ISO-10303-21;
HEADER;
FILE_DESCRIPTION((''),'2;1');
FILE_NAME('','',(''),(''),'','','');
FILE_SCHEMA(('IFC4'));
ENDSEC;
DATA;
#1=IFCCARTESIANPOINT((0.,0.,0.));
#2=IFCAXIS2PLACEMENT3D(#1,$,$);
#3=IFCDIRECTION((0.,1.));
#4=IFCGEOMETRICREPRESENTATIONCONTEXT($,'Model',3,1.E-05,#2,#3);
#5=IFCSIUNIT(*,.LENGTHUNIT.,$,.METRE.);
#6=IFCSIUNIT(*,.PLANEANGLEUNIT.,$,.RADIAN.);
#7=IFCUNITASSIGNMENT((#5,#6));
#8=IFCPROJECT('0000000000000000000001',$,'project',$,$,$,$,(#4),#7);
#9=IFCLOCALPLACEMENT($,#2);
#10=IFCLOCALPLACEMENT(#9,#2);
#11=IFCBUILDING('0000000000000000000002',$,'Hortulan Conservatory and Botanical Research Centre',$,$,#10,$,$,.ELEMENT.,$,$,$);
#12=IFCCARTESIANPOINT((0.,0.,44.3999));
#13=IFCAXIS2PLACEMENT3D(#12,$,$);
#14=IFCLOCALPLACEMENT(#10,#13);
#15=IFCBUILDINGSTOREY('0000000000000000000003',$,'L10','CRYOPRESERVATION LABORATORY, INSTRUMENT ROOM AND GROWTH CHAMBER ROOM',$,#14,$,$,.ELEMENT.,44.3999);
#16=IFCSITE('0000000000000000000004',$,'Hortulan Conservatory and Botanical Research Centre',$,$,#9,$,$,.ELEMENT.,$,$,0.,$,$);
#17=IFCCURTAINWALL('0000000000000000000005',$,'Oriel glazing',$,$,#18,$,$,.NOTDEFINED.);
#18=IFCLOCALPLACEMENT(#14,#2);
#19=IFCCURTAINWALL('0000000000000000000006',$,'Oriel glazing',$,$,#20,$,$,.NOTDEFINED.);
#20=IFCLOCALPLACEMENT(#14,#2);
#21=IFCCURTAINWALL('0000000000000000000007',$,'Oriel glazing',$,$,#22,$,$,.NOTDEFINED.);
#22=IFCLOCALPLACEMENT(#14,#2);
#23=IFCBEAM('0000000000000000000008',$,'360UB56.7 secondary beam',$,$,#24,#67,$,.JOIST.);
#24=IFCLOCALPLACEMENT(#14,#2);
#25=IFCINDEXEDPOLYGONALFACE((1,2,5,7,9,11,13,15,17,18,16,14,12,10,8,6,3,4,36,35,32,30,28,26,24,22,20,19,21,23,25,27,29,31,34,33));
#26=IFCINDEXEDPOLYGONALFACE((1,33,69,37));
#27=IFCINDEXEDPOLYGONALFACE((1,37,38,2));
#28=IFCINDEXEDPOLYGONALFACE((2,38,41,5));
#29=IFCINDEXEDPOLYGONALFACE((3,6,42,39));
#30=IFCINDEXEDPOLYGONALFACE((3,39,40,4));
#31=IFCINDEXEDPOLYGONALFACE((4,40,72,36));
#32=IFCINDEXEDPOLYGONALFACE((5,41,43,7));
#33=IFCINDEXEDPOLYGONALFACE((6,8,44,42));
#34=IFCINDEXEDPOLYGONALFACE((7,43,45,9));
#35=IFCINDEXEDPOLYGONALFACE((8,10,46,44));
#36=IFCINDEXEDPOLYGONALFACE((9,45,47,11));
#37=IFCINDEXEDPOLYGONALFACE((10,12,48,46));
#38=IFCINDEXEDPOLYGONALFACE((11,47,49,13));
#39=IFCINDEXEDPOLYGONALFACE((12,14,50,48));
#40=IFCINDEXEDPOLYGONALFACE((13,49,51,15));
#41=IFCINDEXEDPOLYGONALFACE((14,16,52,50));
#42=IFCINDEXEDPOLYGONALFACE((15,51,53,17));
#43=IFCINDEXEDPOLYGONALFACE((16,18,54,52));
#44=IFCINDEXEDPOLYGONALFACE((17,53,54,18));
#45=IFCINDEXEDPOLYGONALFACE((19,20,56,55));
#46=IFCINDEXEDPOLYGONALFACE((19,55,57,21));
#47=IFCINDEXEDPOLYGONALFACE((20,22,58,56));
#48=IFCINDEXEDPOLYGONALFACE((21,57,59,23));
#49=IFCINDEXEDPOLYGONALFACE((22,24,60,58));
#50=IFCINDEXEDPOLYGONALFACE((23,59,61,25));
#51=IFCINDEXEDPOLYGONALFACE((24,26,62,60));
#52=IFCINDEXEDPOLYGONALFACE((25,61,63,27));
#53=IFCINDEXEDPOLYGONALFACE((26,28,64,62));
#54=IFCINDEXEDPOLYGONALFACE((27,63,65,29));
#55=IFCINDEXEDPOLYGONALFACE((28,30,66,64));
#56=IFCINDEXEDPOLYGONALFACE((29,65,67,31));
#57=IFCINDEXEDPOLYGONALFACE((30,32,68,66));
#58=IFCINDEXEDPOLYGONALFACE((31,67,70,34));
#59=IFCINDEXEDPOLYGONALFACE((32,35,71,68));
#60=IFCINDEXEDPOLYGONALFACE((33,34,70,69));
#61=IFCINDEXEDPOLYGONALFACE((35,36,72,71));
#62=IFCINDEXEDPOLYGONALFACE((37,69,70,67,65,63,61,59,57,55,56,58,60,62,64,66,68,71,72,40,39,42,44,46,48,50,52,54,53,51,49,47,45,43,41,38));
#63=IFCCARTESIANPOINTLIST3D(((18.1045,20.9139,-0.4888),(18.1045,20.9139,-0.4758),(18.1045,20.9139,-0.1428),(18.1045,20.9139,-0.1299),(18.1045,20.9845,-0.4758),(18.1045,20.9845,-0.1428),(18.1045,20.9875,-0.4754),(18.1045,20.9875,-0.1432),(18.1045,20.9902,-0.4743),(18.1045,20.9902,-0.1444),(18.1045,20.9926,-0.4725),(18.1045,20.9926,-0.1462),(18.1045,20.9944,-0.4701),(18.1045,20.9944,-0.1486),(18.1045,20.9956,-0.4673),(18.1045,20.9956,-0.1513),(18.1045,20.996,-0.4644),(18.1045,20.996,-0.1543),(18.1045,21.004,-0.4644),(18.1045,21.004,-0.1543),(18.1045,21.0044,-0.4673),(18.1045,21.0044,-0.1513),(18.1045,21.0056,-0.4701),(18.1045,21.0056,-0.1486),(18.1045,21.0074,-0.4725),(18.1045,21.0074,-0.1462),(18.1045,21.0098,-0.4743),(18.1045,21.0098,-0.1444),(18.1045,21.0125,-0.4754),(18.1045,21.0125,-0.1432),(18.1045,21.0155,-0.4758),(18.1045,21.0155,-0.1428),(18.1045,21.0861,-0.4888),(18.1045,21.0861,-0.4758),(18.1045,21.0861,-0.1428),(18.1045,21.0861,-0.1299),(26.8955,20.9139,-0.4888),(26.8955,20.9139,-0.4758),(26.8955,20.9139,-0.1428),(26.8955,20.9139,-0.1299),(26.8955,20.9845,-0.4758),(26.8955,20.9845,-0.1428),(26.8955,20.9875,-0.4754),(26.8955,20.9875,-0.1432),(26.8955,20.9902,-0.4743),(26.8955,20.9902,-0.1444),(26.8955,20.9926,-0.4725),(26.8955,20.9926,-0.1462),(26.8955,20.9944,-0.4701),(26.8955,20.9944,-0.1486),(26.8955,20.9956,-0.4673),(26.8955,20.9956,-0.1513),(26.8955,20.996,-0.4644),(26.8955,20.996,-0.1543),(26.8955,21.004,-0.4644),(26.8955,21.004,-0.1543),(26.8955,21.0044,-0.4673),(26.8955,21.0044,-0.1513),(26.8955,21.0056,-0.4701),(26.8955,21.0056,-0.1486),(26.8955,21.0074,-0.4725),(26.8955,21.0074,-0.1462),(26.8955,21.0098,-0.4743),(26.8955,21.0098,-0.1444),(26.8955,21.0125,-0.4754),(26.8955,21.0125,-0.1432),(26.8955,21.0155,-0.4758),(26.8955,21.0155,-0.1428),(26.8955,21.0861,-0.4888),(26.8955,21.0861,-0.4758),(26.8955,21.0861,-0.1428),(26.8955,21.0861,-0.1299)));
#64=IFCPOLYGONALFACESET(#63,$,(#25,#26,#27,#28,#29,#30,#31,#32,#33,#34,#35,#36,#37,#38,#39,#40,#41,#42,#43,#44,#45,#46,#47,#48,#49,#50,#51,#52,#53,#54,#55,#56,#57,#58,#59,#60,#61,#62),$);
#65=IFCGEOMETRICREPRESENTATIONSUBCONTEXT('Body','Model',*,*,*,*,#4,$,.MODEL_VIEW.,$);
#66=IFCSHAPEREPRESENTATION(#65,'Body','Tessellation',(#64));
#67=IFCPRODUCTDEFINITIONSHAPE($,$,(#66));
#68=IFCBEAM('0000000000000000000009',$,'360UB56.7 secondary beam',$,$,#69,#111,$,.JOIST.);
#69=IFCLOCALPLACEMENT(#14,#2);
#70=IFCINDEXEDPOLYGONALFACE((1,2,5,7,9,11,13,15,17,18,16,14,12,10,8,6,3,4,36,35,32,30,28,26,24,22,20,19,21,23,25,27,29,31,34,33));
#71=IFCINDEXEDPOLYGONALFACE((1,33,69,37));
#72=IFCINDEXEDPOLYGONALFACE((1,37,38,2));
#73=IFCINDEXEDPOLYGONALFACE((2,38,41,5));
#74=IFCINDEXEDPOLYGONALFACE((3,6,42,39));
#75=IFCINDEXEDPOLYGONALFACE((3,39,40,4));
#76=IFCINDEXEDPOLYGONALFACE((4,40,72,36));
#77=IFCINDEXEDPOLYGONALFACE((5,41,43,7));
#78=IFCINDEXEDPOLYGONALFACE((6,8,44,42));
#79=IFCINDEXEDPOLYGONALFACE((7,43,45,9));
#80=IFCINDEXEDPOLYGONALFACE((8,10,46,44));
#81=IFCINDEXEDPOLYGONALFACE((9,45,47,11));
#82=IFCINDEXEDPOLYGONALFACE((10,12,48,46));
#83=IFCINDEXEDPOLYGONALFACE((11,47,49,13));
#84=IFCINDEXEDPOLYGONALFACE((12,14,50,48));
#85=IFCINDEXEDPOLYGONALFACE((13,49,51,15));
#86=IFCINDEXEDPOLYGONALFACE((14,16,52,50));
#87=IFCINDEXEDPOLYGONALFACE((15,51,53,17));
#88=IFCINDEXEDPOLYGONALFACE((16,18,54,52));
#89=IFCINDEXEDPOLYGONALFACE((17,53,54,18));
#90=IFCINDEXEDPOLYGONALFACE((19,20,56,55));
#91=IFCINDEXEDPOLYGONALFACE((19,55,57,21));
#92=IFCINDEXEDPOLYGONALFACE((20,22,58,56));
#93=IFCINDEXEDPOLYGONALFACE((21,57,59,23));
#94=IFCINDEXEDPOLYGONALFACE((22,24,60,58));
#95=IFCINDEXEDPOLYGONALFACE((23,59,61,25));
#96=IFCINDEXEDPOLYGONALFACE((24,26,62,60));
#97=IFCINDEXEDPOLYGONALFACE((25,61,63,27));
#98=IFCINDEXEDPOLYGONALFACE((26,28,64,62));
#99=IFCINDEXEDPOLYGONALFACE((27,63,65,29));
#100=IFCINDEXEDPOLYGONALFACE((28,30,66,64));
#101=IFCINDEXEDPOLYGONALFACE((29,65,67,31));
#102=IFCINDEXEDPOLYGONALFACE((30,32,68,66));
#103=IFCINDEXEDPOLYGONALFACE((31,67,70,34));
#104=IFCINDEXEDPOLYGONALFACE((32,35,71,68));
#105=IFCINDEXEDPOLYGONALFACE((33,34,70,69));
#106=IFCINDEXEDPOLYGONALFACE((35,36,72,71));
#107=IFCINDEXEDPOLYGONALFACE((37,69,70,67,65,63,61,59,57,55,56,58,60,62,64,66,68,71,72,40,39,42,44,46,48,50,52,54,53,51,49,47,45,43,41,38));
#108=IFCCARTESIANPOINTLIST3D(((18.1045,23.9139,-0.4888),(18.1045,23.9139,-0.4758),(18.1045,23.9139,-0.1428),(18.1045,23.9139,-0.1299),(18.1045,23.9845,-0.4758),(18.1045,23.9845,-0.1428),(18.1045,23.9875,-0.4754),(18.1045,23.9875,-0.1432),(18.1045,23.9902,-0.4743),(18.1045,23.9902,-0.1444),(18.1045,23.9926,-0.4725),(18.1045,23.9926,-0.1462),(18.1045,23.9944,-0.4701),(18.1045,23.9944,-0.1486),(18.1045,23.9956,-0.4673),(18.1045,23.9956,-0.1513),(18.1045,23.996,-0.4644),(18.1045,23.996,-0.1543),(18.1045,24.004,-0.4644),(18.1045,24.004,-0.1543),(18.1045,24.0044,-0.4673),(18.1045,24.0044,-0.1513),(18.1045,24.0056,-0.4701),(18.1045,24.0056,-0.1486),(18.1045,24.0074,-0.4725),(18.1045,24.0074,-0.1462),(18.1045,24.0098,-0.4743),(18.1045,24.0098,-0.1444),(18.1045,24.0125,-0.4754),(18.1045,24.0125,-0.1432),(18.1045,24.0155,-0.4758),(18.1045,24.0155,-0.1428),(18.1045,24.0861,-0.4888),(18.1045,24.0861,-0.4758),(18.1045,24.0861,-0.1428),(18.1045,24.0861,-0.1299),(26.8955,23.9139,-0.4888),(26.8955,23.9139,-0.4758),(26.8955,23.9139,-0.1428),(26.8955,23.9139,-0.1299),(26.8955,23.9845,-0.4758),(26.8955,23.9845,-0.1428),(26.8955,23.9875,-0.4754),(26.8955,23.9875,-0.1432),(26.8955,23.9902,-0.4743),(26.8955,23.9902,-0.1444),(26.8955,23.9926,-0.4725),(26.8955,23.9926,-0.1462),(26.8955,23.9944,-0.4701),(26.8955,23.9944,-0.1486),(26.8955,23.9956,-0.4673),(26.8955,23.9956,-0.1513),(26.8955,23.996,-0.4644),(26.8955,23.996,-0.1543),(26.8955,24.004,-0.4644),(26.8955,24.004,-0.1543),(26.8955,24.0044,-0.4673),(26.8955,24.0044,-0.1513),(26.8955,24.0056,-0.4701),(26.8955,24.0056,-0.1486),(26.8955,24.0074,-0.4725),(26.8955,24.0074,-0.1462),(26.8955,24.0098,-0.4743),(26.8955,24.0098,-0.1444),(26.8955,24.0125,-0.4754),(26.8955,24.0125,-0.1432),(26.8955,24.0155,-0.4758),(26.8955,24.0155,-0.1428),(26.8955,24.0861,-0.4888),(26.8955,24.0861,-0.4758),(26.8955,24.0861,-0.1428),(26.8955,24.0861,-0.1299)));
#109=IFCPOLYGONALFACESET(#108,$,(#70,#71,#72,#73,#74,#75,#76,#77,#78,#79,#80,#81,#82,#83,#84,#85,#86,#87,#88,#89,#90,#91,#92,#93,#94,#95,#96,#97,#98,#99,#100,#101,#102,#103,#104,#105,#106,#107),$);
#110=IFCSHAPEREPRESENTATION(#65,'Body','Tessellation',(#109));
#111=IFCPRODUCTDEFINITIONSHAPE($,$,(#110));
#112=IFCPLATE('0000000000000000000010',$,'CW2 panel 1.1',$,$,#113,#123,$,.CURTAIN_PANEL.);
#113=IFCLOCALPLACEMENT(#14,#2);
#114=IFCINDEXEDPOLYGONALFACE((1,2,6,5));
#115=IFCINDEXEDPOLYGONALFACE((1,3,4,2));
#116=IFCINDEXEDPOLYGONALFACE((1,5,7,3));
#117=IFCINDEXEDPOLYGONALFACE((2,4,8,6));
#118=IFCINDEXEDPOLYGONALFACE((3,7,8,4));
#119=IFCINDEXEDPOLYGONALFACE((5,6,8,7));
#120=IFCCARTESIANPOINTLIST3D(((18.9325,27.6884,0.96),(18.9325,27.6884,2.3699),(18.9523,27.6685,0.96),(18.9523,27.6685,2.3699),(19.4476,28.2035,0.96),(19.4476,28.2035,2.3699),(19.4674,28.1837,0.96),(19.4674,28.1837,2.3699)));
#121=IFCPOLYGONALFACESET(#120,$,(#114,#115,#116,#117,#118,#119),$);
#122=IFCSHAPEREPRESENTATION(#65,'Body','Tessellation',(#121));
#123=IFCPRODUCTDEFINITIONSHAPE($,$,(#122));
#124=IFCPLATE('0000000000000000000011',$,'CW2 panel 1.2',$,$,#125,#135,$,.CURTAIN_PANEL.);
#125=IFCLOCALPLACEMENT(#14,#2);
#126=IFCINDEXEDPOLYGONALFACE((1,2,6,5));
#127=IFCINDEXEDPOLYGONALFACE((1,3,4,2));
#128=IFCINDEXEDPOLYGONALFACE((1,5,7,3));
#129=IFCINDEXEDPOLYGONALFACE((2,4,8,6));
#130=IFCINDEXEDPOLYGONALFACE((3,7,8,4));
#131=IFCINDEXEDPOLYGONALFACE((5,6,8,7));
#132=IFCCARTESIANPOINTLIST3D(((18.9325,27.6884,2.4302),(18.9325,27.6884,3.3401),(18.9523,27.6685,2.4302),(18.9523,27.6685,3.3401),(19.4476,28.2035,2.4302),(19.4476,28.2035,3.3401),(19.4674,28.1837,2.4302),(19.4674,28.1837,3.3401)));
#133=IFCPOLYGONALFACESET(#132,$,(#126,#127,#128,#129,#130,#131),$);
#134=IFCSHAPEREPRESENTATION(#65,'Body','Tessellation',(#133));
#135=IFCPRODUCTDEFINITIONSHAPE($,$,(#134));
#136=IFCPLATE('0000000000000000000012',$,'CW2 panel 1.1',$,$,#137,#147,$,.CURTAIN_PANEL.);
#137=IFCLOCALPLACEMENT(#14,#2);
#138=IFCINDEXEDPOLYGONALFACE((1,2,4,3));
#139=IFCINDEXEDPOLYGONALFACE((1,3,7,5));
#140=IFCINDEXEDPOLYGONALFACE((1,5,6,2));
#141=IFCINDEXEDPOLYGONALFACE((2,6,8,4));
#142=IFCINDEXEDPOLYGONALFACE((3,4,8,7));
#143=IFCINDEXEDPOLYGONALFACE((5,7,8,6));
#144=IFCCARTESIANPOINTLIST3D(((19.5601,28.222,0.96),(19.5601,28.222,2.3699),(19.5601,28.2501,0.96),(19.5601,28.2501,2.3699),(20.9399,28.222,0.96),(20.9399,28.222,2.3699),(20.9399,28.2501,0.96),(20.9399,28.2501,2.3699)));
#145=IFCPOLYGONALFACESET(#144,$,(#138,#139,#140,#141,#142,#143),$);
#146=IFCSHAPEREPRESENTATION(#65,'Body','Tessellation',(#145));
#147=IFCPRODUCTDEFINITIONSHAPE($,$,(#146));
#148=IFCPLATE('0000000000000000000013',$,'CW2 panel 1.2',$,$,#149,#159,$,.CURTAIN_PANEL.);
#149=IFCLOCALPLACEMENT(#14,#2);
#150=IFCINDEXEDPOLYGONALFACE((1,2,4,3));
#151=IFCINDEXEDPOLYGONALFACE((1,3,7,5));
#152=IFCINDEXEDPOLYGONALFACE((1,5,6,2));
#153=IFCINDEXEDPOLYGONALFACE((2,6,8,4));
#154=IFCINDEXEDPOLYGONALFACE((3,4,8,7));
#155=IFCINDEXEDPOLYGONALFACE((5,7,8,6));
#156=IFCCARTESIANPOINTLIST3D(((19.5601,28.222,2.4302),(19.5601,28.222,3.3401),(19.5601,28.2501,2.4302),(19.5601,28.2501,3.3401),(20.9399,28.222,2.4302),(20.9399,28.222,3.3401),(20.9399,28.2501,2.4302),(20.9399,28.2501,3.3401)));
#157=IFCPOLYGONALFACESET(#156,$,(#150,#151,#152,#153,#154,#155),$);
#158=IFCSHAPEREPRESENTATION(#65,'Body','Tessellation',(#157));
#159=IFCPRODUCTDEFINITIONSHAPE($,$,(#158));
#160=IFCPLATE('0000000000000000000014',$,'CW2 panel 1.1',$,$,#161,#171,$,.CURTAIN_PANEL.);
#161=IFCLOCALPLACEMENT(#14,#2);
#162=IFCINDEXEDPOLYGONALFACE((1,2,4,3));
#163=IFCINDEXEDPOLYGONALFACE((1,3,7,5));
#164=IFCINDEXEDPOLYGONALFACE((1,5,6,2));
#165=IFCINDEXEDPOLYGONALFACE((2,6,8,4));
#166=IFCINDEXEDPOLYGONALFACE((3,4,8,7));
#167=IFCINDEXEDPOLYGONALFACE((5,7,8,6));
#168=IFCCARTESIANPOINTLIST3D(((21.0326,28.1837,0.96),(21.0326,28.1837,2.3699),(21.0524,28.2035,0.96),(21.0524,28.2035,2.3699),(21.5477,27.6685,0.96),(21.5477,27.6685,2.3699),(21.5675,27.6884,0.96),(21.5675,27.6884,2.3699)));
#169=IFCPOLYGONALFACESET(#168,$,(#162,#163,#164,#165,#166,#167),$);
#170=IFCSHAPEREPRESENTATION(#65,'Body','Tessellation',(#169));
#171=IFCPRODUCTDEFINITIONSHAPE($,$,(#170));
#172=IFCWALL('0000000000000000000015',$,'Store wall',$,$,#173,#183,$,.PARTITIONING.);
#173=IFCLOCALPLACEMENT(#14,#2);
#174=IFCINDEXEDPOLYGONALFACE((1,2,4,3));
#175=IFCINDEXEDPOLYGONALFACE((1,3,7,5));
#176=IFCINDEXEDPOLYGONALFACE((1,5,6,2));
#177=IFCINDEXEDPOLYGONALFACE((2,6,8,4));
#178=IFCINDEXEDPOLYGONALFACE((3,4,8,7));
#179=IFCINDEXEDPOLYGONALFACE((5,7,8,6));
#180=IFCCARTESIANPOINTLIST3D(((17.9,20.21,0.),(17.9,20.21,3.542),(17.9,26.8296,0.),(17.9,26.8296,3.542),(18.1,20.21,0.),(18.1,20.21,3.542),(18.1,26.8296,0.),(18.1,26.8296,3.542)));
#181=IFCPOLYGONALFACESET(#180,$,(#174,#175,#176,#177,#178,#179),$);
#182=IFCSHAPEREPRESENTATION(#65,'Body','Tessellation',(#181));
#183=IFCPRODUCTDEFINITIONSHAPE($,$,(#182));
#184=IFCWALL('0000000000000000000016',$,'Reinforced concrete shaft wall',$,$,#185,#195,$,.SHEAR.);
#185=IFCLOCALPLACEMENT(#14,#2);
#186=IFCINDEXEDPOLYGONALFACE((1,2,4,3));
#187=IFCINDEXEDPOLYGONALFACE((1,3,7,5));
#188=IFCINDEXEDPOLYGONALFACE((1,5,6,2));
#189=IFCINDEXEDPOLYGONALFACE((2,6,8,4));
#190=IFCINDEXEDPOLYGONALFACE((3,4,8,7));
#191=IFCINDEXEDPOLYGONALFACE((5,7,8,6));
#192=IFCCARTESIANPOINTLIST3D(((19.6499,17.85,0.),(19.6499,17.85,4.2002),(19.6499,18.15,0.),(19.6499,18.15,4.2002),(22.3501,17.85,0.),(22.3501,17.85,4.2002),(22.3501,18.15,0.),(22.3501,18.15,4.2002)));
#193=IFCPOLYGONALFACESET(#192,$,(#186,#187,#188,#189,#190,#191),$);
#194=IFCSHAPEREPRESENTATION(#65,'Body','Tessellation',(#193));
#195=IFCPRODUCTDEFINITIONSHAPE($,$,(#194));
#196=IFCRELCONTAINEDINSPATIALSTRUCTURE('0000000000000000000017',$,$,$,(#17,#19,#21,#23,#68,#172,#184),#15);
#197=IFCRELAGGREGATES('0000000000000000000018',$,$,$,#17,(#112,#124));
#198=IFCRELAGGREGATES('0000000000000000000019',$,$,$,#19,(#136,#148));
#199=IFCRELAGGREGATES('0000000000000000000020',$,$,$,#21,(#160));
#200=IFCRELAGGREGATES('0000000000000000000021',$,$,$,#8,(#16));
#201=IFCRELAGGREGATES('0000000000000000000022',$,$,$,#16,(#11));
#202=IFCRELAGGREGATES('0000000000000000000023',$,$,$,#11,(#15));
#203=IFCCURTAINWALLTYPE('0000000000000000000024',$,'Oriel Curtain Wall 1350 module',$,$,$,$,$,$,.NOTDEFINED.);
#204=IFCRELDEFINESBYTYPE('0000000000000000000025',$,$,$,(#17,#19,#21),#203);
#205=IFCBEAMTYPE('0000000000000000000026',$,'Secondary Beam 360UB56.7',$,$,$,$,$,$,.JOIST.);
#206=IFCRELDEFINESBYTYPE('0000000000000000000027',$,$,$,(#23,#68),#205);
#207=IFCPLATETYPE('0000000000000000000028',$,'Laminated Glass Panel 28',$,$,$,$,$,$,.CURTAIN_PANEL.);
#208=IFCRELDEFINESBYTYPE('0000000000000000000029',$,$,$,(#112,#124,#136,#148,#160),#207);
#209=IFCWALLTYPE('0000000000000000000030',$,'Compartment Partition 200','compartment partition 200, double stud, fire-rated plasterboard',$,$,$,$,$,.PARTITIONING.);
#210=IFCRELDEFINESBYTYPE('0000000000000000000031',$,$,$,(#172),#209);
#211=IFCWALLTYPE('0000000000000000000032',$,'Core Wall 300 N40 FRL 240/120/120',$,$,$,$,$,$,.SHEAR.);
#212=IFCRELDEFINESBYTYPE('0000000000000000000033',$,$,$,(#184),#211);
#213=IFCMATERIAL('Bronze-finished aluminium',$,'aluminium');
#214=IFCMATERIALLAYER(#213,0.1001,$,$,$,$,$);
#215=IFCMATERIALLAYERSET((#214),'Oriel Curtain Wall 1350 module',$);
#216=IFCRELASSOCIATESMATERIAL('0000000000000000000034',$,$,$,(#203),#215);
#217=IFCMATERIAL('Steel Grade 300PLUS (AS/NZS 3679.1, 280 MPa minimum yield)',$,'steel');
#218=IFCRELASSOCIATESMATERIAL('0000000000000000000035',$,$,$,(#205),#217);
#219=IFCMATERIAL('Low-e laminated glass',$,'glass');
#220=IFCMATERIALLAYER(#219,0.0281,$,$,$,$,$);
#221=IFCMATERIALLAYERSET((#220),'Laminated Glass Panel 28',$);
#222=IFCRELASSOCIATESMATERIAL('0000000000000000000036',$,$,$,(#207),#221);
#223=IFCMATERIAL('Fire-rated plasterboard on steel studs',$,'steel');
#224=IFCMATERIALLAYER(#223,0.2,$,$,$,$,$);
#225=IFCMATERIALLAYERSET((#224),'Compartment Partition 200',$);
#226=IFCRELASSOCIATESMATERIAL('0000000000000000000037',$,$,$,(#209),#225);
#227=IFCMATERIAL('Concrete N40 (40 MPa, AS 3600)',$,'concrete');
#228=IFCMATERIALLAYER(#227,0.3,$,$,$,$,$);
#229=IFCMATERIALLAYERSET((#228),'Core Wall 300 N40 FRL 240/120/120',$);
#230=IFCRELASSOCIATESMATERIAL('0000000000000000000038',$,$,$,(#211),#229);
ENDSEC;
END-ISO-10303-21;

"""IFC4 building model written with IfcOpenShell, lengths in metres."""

from ifc_helpers import new_model, si_unit, direction, frame, frame_2d, origin, origin_2d, place, context, subcontext, project, spatial, rectangle, i_section, extrude, material, layer, layer_set, material_profile, profile_set, type_object, element, aggregate, save


model = new_model("IFC4")

# Units and contexts
model_context = context("Model", 3, precision=1e-05, world=origin(), true_north=direction((0.0, 1.0)))
body_context = subcontext(model_context, "Body", "Model", "MODEL_VIEW")
ifc_project = project(units=[si_unit("LENGTHUNIT", "METRE"), si_unit("PLANEANGLEUNIT", "RADIAN")], contexts=[model_context])

# Site, building, storey
site_placement = place(None, origin())
site = spatial("IfcSite", under=ifc_project, at=site_placement, Name="Hortulan Conservatory and Botanical Research Centre", CompositionType="ELEMENT", RefElevation=0.0)
building_placement = place(site_placement, origin())
building = spatial("IfcBuilding", under=site, at=building_placement, Name="Hortulan Conservatory and Botanical Research Centre", CompositionType="ELEMENT")
storey_placement = place(building_placement, frame((0.0, 0.0, 44.3999)))
storey = spatial("IfcBuildingStorey", under=building, at=storey_placement, Name="L10", Description="CRYOPRESERVATION LABORATORY, INSTRUMENT ROOM AND GROWTH CHAMBER ROOM", CompositionType="ELEMENT", Elevation=44.3999)

# Shared definitions
ifc_material_1 = material(Name="Steel Grade 300PLUS (AS/NZS 3679.1, 280 MPa minimum yield)", Category="steel")

# Curtain walls
ifc_material_2 = material(Name="Bronze-finished aluminium", Category="aluminium")
ifc_layer_1 = layer(ifc_material_2, 0.1001)
ifc_layer_set_1 = layer_set([ifc_layer_1], Name="Oriel Curtain Wall 1350 module")
curtain_wall_type = type_object("IfcCurtainWallType", Name="Oriel Curtain Wall 1350 module", PredefinedType="NOTDEFINED", material=ifc_layer_set_1)
curtain_wall_1_placement = place(storey_placement, origin())
curtain_wall_1 = element("IfcCurtainWall", 1, at=curtain_wall_1_placement, inside=storey, type_object=curtain_wall_type, Name="Oriel glazing", PredefinedType="NOTDEFINED")
curtain_wall_2_placement = place(storey_placement, origin())
curtain_wall_2 = element("IfcCurtainWall", 2, at=curtain_wall_2_placement, inside=storey, type_object=curtain_wall_type, Name="Oriel glazing", PredefinedType="NOTDEFINED")

# Curtain wall
curtain_wall_3_placement = place(storey_placement, origin())
curtain_wall_3 = element("IfcCurtainWall", 3, at=curtain_wall_3_placement, inside=storey, type_object=curtain_wall_type, Name="Oriel glazing", PredefinedType="NOTDEFINED")

# Beams
ifc_material_profile_1 = material_profile(ifc_material_1, i_section(OverallWidth=0.1721, OverallDepth=0.3589, WebThickness=0.0081, FlangeThickness=0.0129, FilletRadius=0.0115, at=origin_2d()), Name="360UB56.7")
ifc_profile_set_1 = profile_set([ifc_material_profile_1], Name="Steel Grade 300PLUS (AS/NZS 3679.1, 280 MPa minimum yield)")
beam_type_1 = type_object("IfcBeamType", Name="Secondary Beam 360UB56.7", PredefinedType="JOIST", material=ifc_profile_set_1)
for number, where, z_axis, x_axis, name in (
    (4, (18.1045, 21.0, -0.3093), (1.0, 0.0, 0.0), (0.0, 1.0, 0.0), "360UB56.7 secondary beam"),
    (5, (18.1045, 24.0, -0.3093), (1.0, 0.0, 0.0), (0.0, 1.0, 0.0), "360UB56.7 secondary beam"),
):
    element("IfcBeam", number, at=place(storey_placement, frame(where, z_axis=z_axis, x_axis=x_axis)), inside=storey, type_object=beam_type_1, Name=name, PredefinedType="JOIST", context=body_context, shape_type="SweptSolid", body=[
        extrude(i_section(OverallWidth=0.1721, OverallDepth=0.3589, WebThickness=0.0081, FlangeThickness=0.0129, FilletRadius=0.0115, at=origin_2d()), origin(), (0.0, 0.0, 1.0), 8.791),
    ])

# Plates
ifc_material_3 = material(Name="Low-e laminated glass", Category="glass")
ifc_layer_2 = layer(ifc_material_3, 0.0281)
ifc_layer_set_2 = layer_set([ifc_layer_2], Name="Laminated Glass Panel 28")
plate_type = type_object("IfcPlateType", Name="Laminated Glass Panel 28", PredefinedType="CURTAIN_PANEL", material=ifc_layer_set_2)
plate_1_placement = place(storey_placement, frame((19.2, 27.936, 0.96), z_axis=(0.0, 0.0, 1.0), x_axis=(0.707107, 0.707107, 0.0)))
plate_1 = element("IfcPlate", 6, at=plate_1_placement, type_object=plate_type, Name="CW2 panel 1.1", PredefinedType="CURTAIN_PANEL", context=body_context, shape_type="SweptSolid", body=[
    extrude(rectangle(XDim=0.7285, YDim=0.0281, at=origin_2d()), origin(), (0.0, 0.0, 1.0), 1.4099),
])
plate_2_placement = place(storey_placement, frame((19.2, 27.936, 2.4302), z_axis=(0.0, 0.0, 1.0), x_axis=(0.707107, 0.707107, 0.0)))
plate_2 = element("IfcPlate", 7, at=plate_2_placement, type_object=plate_type, Name="CW2 panel 1.2", PredefinedType="CURTAIN_PANEL", context=body_context, shape_type="SweptSolid", body=[
    extrude(rectangle(XDim=0.7285, YDim=0.0281, at=origin_2d()), origin(), (0.0, 0.0, 1.0), 0.9099),
])
aggregate(curtain_wall_1, [plate_1, plate_2])
plate_3_placement = place(storey_placement, frame((20.25, 28.2361, 0.96), z_axis=(0.0, 0.0, 1.0), x_axis=(1.0, 0.0, 0.0)))
plate_3 = element("IfcPlate", 8, at=plate_3_placement, type_object=plate_type, Name="CW2 panel 1.1", PredefinedType="CURTAIN_PANEL", context=body_context, shape_type="SweptSolid", body=[
    extrude(rectangle(XDim=1.3799, YDim=0.0281, at=origin_2d()), origin(), (0.0, 0.0, 1.0), 1.4099),
])
plate_4_placement = place(storey_placement, frame((20.25, 28.2361, 2.4302), z_axis=(0.0, 0.0, 1.0), x_axis=(1.0, 0.0, 0.0)))
plate_4 = element("IfcPlate", 9, at=plate_4_placement, type_object=plate_type, Name="CW2 panel 1.2", PredefinedType="CURTAIN_PANEL", context=body_context, shape_type="SweptSolid", body=[
    extrude(rectangle(XDim=1.3799, YDim=0.0281, at=origin_2d()), origin(), (0.0, 0.0, 1.0), 0.9099),
])
aggregate(curtain_wall_2, [plate_3, plate_4])
plate_5_placement = place(storey_placement, frame((21.3, 27.936, 0.96), z_axis=(0.0, 0.0, 1.0), x_axis=(0.707107, -0.707107, 0.0)))
plate_5 = element("IfcPlate", 10, at=plate_5_placement, type_object=plate_type, Name="CW2 panel 1.1", PredefinedType="CURTAIN_PANEL", context=body_context, shape_type="SweptSolid", body=[
    extrude(rectangle(XDim=0.7285, YDim=0.0281, at=origin_2d()), origin(), (0.0, 0.0, 1.0), 1.4099),
])
aggregate(curtain_wall_3, [plate_5])

# Walls
ifc_material_4 = material(Name="Fire-rated plasterboard on steel studs", Category="steel")
ifc_layer_3 = layer(ifc_material_4, 0.2)
ifc_layer_set_3 = layer_set([ifc_layer_3], Name="Compartment Partition 200")
wall_type_1 = type_object("IfcWallType", Name="Compartment Partition 200", Description="compartment partition 200, double stud, fire-rated plasterboard", PredefinedType="PARTITIONING", material=ifc_layer_set_3)
wall_1_placement = place(storey_placement, frame((18.0, 20.21, 0.0), z_axis=(0.0, 0.0, 1.0), x_axis=(0.0, 1.0, 0.0)))
element("IfcWall", 11, at=wall_1_placement, inside=storey, type_object=wall_type_1, Name="Store wall", PredefinedType="PARTITIONING", context=body_context, shape_type="SweptSolid", body=[
    extrude(rectangle(XDim=6.6196, YDim=0.2, at=frame_2d((3.3098, 0.0))), origin(), (0.0, 0.0, 1.0), 3.542),
])
ifc_material_5 = material(Name="Concrete N40 (40 MPa, AS 3600)", Category="concrete")
ifc_layer_4 = layer(ifc_material_5, 0.3)
ifc_layer_set_4 = layer_set([ifc_layer_4], Name="Core Wall 300 N40 FRL 240/120/120")
wall_type_2 = type_object("IfcWallType", Name="Core Wall 300 N40 FRL 240/120/120", PredefinedType="SHEAR", material=ifc_layer_set_4)
wall_2_placement = place(storey_placement, frame((19.6499, 18.0, 0.0), z_axis=(0.0, 0.0, 1.0), x_axis=(1.0, 0.0, 0.0)))
element("IfcWall", 12, at=wall_2_placement, inside=storey, type_object=wall_type_2, Name="Reinforced concrete shaft wall", PredefinedType="SHEAR", context=body_context, shape_type="SweptSolid", body=[
    extrude(rectangle(XDim=2.7002, YDim=0.3, at=frame_2d((1.3501, 0.0))), origin(), (0.0, 0.0, 1.0), 4.2002),
])

save(model, "model.ifc")
